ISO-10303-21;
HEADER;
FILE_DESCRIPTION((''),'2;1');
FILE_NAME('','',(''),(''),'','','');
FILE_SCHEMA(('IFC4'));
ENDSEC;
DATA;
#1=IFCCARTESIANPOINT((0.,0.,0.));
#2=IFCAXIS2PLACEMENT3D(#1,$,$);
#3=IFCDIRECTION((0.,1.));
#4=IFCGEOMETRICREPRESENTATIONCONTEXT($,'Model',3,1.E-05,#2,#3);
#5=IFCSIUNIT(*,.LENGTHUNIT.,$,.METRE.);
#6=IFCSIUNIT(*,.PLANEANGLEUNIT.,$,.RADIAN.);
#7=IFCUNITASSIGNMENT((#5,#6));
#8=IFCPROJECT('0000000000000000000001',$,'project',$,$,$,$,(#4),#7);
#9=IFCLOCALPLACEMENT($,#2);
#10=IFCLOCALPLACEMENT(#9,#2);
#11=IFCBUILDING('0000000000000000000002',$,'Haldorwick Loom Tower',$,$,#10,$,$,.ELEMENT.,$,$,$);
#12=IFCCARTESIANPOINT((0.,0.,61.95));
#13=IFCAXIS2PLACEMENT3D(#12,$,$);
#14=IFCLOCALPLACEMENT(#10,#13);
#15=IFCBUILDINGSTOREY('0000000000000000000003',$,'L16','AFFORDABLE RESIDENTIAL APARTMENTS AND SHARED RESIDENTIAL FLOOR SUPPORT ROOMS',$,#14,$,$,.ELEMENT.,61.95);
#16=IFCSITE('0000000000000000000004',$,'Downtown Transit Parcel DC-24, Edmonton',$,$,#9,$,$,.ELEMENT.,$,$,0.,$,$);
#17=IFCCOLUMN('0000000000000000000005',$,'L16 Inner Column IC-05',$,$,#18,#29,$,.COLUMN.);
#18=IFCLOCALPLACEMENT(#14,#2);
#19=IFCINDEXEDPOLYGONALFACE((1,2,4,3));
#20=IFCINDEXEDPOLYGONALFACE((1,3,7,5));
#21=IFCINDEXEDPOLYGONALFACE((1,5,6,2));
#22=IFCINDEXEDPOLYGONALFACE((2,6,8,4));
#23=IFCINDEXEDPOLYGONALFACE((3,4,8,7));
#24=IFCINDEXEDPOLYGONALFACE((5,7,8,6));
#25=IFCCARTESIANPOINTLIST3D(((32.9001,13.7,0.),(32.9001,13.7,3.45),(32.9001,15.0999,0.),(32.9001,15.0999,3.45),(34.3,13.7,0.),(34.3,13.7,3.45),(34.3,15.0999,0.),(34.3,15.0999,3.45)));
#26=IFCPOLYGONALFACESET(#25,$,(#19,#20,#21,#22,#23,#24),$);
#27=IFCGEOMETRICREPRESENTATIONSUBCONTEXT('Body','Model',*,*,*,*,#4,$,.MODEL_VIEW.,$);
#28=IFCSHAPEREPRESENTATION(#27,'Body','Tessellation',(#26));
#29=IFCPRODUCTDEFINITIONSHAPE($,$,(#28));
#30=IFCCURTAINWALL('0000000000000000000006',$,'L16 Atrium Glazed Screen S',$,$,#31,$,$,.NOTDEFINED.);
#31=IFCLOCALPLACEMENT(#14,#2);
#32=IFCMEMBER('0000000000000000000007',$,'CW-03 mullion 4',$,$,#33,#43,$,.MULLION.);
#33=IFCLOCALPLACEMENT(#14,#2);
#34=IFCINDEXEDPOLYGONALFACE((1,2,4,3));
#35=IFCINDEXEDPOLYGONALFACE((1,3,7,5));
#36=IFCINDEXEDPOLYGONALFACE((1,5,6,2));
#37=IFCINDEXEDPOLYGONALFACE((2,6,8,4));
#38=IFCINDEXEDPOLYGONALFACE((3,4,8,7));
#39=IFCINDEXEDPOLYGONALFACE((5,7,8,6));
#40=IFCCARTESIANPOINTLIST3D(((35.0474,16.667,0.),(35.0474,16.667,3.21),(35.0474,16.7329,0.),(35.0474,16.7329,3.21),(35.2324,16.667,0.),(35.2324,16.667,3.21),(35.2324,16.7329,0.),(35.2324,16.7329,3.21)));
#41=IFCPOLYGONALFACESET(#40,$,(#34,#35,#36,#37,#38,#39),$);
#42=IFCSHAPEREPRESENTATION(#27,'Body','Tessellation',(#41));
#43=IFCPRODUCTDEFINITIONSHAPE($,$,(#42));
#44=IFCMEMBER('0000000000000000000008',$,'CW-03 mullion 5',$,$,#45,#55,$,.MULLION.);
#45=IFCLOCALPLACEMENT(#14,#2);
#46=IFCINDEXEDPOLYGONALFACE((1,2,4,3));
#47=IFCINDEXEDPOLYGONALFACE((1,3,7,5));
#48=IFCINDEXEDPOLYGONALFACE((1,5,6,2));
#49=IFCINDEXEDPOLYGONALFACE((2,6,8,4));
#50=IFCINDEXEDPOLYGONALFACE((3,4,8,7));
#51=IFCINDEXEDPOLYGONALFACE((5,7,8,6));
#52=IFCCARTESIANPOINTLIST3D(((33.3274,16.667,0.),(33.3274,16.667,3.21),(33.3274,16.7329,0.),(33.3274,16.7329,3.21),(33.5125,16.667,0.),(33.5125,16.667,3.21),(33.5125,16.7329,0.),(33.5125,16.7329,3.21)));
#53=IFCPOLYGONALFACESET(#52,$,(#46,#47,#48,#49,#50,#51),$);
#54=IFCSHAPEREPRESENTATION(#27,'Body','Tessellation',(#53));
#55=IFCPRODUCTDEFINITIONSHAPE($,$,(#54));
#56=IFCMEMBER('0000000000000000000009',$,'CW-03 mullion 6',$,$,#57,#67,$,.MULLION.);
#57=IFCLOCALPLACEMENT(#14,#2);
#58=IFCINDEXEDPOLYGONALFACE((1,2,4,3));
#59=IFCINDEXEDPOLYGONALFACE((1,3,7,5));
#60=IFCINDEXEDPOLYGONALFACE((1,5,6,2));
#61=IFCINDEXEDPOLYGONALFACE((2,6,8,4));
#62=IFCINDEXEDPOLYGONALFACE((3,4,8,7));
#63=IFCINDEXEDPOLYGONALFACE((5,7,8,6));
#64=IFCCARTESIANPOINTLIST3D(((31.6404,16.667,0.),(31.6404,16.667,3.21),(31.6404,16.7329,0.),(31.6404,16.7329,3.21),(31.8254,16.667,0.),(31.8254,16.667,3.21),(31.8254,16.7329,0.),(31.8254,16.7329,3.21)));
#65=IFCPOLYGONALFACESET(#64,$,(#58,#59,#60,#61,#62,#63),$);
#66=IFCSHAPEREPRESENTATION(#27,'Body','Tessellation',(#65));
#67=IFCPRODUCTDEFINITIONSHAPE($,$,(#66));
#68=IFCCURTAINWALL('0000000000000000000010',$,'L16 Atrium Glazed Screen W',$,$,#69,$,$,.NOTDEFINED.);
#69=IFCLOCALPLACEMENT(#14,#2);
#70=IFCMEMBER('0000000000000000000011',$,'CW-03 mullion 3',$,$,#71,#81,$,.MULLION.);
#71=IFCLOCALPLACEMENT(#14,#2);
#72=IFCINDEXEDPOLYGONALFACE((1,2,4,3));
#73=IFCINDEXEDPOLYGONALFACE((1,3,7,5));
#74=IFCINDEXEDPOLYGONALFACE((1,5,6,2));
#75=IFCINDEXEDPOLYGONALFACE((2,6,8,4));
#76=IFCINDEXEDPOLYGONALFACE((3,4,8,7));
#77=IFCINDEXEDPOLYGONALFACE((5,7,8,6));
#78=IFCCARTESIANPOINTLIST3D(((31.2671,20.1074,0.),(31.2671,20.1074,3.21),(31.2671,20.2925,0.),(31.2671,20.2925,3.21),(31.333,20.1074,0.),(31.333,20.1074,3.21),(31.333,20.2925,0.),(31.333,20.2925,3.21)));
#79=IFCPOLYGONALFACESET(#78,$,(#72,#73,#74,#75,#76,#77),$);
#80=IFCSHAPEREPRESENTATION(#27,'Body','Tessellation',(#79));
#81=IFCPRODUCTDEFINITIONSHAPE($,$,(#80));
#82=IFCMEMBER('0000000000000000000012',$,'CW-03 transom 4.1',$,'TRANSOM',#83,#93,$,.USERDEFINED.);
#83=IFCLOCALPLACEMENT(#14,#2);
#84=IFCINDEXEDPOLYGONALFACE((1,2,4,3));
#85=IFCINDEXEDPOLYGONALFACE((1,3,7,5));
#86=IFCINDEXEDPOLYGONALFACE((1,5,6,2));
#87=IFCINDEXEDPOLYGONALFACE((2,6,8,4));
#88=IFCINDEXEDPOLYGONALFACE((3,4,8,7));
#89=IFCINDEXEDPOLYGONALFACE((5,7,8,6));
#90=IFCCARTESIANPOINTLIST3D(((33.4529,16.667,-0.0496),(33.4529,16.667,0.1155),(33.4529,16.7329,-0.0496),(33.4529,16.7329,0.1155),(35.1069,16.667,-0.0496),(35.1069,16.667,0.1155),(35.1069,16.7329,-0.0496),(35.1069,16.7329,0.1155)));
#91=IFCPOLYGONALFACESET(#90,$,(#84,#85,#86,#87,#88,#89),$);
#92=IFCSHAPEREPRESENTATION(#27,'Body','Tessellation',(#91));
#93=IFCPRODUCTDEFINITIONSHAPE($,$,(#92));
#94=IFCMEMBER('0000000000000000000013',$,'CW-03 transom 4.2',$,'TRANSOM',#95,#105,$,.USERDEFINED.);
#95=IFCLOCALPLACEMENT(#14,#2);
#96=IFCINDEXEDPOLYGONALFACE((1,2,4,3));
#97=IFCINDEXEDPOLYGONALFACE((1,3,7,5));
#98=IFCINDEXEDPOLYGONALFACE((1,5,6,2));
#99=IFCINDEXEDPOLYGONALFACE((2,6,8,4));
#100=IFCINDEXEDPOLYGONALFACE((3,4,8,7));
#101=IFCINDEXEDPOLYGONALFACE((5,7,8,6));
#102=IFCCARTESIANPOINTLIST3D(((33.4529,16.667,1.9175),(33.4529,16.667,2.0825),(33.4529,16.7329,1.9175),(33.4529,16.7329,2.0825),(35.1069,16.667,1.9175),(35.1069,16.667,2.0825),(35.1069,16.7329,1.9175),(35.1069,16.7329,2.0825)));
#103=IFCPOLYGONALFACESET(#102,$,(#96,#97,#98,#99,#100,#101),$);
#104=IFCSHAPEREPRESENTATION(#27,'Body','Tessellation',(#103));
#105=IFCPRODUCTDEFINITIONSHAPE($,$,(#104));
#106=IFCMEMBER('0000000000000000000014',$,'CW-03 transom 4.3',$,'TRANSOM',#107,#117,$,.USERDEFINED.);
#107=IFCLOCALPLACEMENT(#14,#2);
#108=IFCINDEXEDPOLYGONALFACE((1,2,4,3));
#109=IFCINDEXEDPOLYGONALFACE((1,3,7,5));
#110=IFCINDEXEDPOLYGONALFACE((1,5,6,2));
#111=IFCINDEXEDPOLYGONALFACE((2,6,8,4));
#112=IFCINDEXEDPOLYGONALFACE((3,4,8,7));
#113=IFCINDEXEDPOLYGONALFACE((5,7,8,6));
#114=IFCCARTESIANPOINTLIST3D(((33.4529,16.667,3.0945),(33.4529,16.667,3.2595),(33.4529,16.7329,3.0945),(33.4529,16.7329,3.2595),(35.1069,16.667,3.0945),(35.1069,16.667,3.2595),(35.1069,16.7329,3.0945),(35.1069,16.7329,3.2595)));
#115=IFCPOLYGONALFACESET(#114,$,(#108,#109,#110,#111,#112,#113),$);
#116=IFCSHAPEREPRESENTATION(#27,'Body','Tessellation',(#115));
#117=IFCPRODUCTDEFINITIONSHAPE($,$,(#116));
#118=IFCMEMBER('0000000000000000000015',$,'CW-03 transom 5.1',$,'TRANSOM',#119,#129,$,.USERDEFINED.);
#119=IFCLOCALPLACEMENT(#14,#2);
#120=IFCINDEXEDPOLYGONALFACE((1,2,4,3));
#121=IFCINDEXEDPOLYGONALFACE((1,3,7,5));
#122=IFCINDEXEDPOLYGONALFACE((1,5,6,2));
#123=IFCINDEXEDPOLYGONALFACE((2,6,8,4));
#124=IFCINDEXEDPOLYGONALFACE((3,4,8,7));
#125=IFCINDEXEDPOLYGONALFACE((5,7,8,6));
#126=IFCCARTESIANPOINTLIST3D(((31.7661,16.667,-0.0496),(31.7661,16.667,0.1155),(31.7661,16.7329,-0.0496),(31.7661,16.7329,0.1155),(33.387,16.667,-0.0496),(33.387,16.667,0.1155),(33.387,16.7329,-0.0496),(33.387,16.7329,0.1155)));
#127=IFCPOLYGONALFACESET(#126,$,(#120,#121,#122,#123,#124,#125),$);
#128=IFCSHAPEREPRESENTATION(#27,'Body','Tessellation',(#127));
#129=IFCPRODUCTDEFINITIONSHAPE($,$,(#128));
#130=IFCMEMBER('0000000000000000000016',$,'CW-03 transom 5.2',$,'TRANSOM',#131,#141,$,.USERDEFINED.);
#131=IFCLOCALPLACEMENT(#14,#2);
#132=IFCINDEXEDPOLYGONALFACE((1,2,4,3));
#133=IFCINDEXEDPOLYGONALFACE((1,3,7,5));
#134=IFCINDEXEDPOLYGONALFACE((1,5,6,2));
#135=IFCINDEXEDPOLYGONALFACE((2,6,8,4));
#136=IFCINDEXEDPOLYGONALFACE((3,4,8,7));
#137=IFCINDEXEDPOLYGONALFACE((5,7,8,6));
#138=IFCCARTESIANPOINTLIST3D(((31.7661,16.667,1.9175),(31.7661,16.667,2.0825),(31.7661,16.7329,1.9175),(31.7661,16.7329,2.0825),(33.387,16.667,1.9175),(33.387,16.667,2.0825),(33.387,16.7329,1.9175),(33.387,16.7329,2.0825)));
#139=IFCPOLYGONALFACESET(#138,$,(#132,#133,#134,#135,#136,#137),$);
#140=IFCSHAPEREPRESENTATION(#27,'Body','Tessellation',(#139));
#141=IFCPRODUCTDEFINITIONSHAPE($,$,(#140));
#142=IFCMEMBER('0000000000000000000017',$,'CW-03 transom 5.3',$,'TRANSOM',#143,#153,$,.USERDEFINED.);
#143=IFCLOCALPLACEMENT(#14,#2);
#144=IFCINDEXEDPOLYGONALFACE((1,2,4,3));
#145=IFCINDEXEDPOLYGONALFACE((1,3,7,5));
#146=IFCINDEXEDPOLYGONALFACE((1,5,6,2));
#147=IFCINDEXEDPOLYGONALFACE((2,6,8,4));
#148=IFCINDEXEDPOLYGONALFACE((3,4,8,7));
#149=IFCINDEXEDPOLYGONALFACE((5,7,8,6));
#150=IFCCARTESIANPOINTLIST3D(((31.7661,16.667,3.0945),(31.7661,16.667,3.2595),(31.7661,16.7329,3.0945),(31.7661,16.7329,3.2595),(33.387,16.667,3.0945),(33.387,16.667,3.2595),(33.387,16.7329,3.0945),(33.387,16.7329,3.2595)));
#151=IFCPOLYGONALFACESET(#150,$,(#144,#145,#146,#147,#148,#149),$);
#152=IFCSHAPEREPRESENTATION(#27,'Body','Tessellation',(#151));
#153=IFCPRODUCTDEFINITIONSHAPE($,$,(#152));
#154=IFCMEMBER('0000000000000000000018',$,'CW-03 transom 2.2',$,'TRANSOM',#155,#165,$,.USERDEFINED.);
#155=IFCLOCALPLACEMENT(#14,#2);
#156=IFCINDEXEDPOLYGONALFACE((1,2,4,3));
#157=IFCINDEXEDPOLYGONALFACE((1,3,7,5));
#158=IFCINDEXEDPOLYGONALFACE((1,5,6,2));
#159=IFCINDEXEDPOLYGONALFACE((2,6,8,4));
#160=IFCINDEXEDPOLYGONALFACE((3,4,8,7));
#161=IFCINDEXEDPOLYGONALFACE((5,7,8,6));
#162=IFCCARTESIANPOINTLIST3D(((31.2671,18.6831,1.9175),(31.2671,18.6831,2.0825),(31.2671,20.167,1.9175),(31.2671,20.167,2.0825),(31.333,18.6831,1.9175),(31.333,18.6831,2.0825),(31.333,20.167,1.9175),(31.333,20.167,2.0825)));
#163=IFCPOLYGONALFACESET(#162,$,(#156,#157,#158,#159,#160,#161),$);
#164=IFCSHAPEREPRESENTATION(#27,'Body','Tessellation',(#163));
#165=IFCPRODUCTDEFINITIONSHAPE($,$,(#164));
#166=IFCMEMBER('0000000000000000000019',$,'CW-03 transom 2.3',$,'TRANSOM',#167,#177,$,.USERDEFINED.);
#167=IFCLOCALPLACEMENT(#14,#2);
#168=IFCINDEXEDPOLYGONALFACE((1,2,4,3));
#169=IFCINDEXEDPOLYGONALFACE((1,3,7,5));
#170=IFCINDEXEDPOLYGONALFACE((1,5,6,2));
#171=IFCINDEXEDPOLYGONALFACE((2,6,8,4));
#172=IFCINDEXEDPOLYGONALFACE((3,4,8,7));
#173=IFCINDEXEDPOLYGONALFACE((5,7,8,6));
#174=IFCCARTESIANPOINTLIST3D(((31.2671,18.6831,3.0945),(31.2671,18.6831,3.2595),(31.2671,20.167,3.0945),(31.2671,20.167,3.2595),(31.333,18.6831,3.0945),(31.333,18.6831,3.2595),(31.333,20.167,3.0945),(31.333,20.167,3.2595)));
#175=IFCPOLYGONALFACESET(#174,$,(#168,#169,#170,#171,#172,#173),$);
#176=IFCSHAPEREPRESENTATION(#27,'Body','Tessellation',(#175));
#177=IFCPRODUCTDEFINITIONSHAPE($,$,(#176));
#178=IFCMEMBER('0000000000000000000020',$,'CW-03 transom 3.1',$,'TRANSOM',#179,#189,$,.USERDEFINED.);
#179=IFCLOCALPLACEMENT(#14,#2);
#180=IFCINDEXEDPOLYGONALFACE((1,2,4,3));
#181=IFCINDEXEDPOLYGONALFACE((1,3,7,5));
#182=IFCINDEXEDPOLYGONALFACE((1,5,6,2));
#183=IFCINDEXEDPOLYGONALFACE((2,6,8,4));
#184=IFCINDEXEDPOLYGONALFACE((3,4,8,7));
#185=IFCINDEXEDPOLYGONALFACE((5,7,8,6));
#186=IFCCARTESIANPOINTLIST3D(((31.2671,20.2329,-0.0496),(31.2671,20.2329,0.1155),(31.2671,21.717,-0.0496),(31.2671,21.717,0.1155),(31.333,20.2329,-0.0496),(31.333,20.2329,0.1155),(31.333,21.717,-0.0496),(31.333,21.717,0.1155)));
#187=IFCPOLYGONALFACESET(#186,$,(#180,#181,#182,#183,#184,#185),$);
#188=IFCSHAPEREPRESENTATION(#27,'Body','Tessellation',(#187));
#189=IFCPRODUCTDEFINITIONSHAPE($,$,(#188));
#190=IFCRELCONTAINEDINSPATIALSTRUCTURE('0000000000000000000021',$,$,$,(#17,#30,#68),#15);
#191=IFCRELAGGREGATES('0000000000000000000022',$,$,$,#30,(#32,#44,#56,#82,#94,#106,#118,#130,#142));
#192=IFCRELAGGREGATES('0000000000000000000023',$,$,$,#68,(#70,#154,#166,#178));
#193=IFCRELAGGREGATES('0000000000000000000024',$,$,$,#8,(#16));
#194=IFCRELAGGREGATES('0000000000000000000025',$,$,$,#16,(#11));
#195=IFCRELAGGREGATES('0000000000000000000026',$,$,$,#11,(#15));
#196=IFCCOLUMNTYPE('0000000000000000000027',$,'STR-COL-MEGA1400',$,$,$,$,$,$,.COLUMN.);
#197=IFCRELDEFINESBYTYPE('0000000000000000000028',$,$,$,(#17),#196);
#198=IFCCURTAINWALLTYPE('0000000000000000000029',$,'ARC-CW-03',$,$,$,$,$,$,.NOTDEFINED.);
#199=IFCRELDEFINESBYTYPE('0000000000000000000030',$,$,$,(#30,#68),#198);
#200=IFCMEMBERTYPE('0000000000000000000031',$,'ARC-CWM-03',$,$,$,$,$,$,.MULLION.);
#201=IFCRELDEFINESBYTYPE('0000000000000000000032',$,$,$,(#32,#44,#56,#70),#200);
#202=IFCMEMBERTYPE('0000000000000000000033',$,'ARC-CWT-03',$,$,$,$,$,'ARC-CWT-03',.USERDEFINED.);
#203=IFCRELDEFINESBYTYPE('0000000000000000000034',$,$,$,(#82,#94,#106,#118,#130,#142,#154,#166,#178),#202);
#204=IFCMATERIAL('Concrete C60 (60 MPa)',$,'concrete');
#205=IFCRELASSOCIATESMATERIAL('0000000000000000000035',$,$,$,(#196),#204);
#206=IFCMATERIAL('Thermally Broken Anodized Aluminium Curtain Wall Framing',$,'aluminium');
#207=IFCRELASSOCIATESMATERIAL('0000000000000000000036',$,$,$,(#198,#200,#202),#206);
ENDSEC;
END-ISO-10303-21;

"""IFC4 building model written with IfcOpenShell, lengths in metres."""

from ifc_helpers import new_model, si_unit, direction, frame, origin, origin_2d, place, context, subcontext, project, spatial, rectangle, extrude, material, material_profile, profile_set, type_object, element, aggregate, save


model = new_model("IFC4")

# Units and contexts
model_context = context("Model", 3, precision=1e-05, world=origin(), true_north=direction((0.0, 1.0)))
body_context = subcontext(model_context, "Body", "Model", "MODEL_VIEW")
ifc_project = project(units=[si_unit("LENGTHUNIT", "METRE"), si_unit("PLANEANGLEUNIT", "RADIAN")], contexts=[model_context])

# Site, building, storey
site_placement = place(None, origin())
site = spatial("IfcSite", under=ifc_project, at=site_placement, Name="Downtown Transit Parcel DC-24, Edmonton", CompositionType="ELEMENT", RefElevation=0.0)
building_placement = place(site_placement, origin())
building = spatial("IfcBuilding", under=site, at=building_placement, Name="Haldorwick Loom Tower", CompositionType="ELEMENT")
storey_placement = place(building_placement, frame((0.0, 0.0, 61.95)))
storey = spatial("IfcBuildingStorey", under=building, at=storey_placement, Name="L16", Description="AFFORDABLE RESIDENTIAL APARTMENTS AND SHARED RESIDENTIAL FLOOR SUPPORT ROOMS", CompositionType="ELEMENT", Elevation=61.95)

# Column
ifc_material_1 = material(Name="Concrete C60 (60 MPa)", Category="concrete")
ifc_material_profile_1 = material_profile(ifc_material_1, rectangle(XDim=1.3999, YDim=1.3999, at=origin_2d()), Name="RC1400X1400", Category="concrete")
ifc_profile_set_1 = profile_set([ifc_material_profile_1], Name="Concrete C60 (60 MPa)")
column_type = type_object("IfcColumnType", Name="STR-COL-MEGA1400", PredefinedType="COLUMN", material=ifc_profile_set_1)
column_placement = place(storey_placement, frame((33.6001, 14.3999, 0.0), z_axis=(0.0, 0.0, 1.0), x_axis=(1.0, 0.0, 0.0)))
element("IfcColumn", 1, at=column_placement, inside=storey, type_object=column_type, Name="L16 Inner Column IC-05", PredefinedType="COLUMN", context=body_context, shape_type="SweptSolid", body=[
    extrude(rectangle(XDim=1.3999, YDim=1.3999, at=origin_2d()), origin(), (0.0, 0.0, 1.0), 3.45),
])

# Curtain wall, members
ifc_material_2 = material(Name="Thermally Broken Anodized Aluminium Curtain Wall Framing", Category="aluminium")
curtain_wall_type = type_object("IfcCurtainWallType", Name="ARC-CW-03", PredefinedType="NOTDEFINED", material=ifc_material_2)
curtain_wall_1_placement = place(storey_placement, origin())
curtain_wall_1 = element("IfcCurtainWall", 2, at=curtain_wall_1_placement, inside=storey, type_object=curtain_wall_type, Name="L16 Atrium Glazed Screen S", PredefinedType="NOTDEFINED")
ifc_material_profile_2 = material_profile(ifc_material_2, rectangle(XDim=0.0659, YDim=0.1851, at=origin_2d()), Name="ALU_MUL_66X185", Category="aluminium")
ifc_profile_set_2 = profile_set([ifc_material_profile_2], Name="Thermally Broken Anodized Aluminium Curtain Wall Framing")
member_type_1 = type_object("IfcMemberType", Name="ARC-CWM-03", PredefinedType="MULLION", material=ifc_profile_set_2)
member_1_placement = place(storey_placement, frame((35.1399, 16.7, 0.0), z_axis=(0.0, 0.0, 1.0), x_axis=(0.0, -1.0, 0.0)))
member_1 = element("IfcMember", 3, at=member_1_placement, type_object=member_type_1, Name="CW-03 mullion 4", PredefinedType="MULLION", context=body_context, shape_type="SweptSolid", body=[
    extrude(rectangle(XDim=0.0659, YDim=0.1851, at=origin_2d()), origin(), (0.0, 0.0, 1.0), 3.21),
])
member_2_placement = place(storey_placement, frame((33.4199, 16.7, 0.0), z_axis=(0.0, 0.0, 1.0), x_axis=(0.0, -1.0, 0.0)))
member_2 = element("IfcMember", 4, at=member_2_placement, type_object=member_type_1, Name="CW-03 mullion 5", PredefinedType="MULLION", context=body_context, shape_type="SweptSolid", body=[
    extrude(rectangle(XDim=0.0659, YDim=0.1851, at=origin_2d()), origin(), (0.0, 0.0, 1.0), 3.21),
])
member_3_placement = place(storey_placement, frame((31.7329, 16.7, 0.0), z_axis=(0.0, 0.0, 1.0), x_axis=(0.0, -1.0, 0.0)))
member_3 = element("IfcMember", 5, at=member_3_placement, type_object=member_type_1, Name="CW-03 mullion 6", PredefinedType="MULLION", context=body_context, shape_type="SweptSolid", body=[
    extrude(rectangle(XDim=0.0659, YDim=0.1851, at=origin_2d()), origin(), (0.0, 0.0, 1.0), 3.21),
])

# Curtain wall, member
curtain_wall_2_placement = place(storey_placement, origin())
curtain_wall_2 = element("IfcCurtainWall", 6, at=curtain_wall_2_placement, inside=storey, type_object=curtain_wall_type, Name="L16 Atrium Glazed Screen W", PredefinedType="NOTDEFINED")
member_4_placement = place(storey_placement, frame((31.3, 20.2, 0.0), z_axis=(0.0, 0.0, 1.0), x_axis=(-1.0, 0.0, 0.0)))
member_4 = element("IfcMember", 7, at=member_4_placement, type_object=member_type_1, Name="CW-03 mullion 3", PredefinedType="MULLION", context=body_context, shape_type="SweptSolid", body=[
    extrude(rectangle(XDim=0.0659, YDim=0.1851, at=origin_2d()), origin(), (0.0, 0.0, 1.0), 3.21),
])

# Members
ifc_material_profile_3 = material_profile(ifc_material_2, rectangle(XDim=0.0659, YDim=0.165, at=origin_2d()), Name="ALU_TRN_66X165", Category="aluminium")
ifc_profile_set_3 = profile_set([ifc_material_profile_3], Name="Thermally Broken Anodized Aluminium Curtain Wall Framing")
member_type_2 = type_object("IfcMemberType", Name="ARC-CWT-03", ElementType="ARC-CWT-03", PredefinedType="USERDEFINED", material=ifc_profile_set_3)
member_5_placement = place(storey_placement, frame((35.1069, 16.7, 0.033), z_axis=(-1.0, 0.0, 0.0), x_axis=(0.0, -1.0, 0.0)))
member_5 = element("IfcMember", 8, at=member_5_placement, type_object=member_type_2, Name="CW-03 transom 4.1", ObjectType="TRANSOM", PredefinedType="USERDEFINED", context=body_context, shape_type="SweptSolid", body=[
    extrude(rectangle(XDim=0.0659, YDim=0.165, at=origin_2d()), origin(), (0.0, 0.0, 1.0), 1.6541),
])
member_6_placement = place(storey_placement, frame((35.1069, 16.7, 2.0), z_axis=(-1.0, 0.0, 0.0), x_axis=(0.0, -1.0, 0.0)))
member_6 = element("IfcMember", 9, at=member_6_placement, type_object=member_type_2, Name="CW-03 transom 4.2", ObjectType="TRANSOM", PredefinedType="USERDEFINED", context=body_context, shape_type="SweptSolid", body=[
    extrude(rectangle(XDim=0.0659, YDim=0.165, at=origin_2d()), origin(), (0.0, 0.0, 1.0), 1.6541),
])
member_7_placement = place(storey_placement, frame((35.1069, 16.7, 3.177), z_axis=(-1.0, 0.0, 0.0), x_axis=(0.0, -1.0, 0.0)))
member_7 = element("IfcMember", 10, at=member_7_placement, type_object=member_type_2, Name="CW-03 transom 4.3", ObjectType="TRANSOM", PredefinedType="USERDEFINED", context=body_context, shape_type="SweptSolid", body=[
    extrude(rectangle(XDim=0.0659, YDim=0.165, at=origin_2d()), origin(), (0.0, 0.0, 1.0), 1.6541),
])
member_8_placement = place(storey_placement, frame((33.387, 16.7, 0.033), z_axis=(-1.0, 0.0, 0.0), x_axis=(0.0, -1.0, 0.0)))
member_8 = element("IfcMember", 11, at=member_8_placement, type_object=member_type_2, Name="CW-03 transom 5.1", ObjectType="TRANSOM", PredefinedType="USERDEFINED", context=body_context, shape_type="SweptSolid", body=[
    extrude(rectangle(XDim=0.0659, YDim=0.165, at=origin_2d()), origin(), (0.0, 0.0, 1.0), 1.6208),
])
member_9_placement = place(storey_placement, frame((33.387, 16.7, 2.0), z_axis=(-1.0, 0.0, 0.0), x_axis=(0.0, -1.0, 0.0)))
member_9 = element("IfcMember", 12, at=member_9_placement, type_object=member_type_2, Name="CW-03 transom 5.2", ObjectType="TRANSOM", PredefinedType="USERDEFINED", context=body_context, shape_type="SweptSolid", body=[
    extrude(rectangle(XDim=0.0659, YDim=0.165, at=origin_2d()), origin(), (0.0, 0.0, 1.0), 1.6208),
])
member_10_placement = place(storey_placement, frame((33.387, 16.7, 3.177), z_axis=(-1.0, 0.0, 0.0), x_axis=(0.0, -1.0, 0.0)))
member_10 = element("IfcMember", 13, at=member_10_placement, type_object=member_type_2, Name="CW-03 transom 5.3", ObjectType="TRANSOM", PredefinedType="USERDEFINED", context=body_context, shape_type="SweptSolid", body=[
    extrude(rectangle(XDim=0.0659, YDim=0.165, at=origin_2d()), origin(), (0.0, 0.0, 1.0), 1.6208),
])
member_11_placement = place(storey_placement, frame((31.3, 18.6831, 2.0), z_axis=(0.0, 1.0, 0.0), x_axis=(-1.0, 0.0, 0.0)))
member_11 = element("IfcMember", 14, at=member_11_placement, type_object=member_type_2, Name="CW-03 transom 2.2", ObjectType="TRANSOM", PredefinedType="USERDEFINED", context=body_context, shape_type="SweptSolid", body=[
    extrude(rectangle(XDim=0.0659, YDim=0.165, at=origin_2d()), origin(), (0.0, 0.0, 1.0), 1.4839),
])
member_12_placement = place(storey_placement, frame((31.3, 18.6831, 3.177), z_axis=(0.0, 1.0, 0.0), x_axis=(-1.0, 0.0, 0.0)))
member_12 = element("IfcMember", 15, at=member_12_placement, type_object=member_type_2, Name="CW-03 transom 2.3", ObjectType="TRANSOM", PredefinedType="USERDEFINED", context=body_context, shape_type="SweptSolid", body=[
    extrude(rectangle(XDim=0.0659, YDim=0.165, at=origin_2d()), origin(), (0.0, 0.0, 1.0), 1.4839),
])
member_13_placement = place(storey_placement, frame((31.3, 20.2329, 0.033), z_axis=(0.0, 1.0, 0.0), x_axis=(-1.0, 0.0, 0.0)))
member_13 = element("IfcMember", 16, at=member_13_placement, type_object=member_type_2, Name="CW-03 transom 3.1", ObjectType="TRANSOM", PredefinedType="USERDEFINED", context=body_context, shape_type="SweptSolid", body=[
    extrude(rectangle(XDim=0.0659, YDim=0.165, at=origin_2d()), origin(), (0.0, 0.0, 1.0), 1.4841),
])

aggregate(curtain_wall_1, [member_1, member_2, member_3, member_5, member_6, member_7, member_8, member_9, member_10])
aggregate(curtain_wall_2, [member_4, member_11, member_12, member_13])

save(model, "model.ifc")
